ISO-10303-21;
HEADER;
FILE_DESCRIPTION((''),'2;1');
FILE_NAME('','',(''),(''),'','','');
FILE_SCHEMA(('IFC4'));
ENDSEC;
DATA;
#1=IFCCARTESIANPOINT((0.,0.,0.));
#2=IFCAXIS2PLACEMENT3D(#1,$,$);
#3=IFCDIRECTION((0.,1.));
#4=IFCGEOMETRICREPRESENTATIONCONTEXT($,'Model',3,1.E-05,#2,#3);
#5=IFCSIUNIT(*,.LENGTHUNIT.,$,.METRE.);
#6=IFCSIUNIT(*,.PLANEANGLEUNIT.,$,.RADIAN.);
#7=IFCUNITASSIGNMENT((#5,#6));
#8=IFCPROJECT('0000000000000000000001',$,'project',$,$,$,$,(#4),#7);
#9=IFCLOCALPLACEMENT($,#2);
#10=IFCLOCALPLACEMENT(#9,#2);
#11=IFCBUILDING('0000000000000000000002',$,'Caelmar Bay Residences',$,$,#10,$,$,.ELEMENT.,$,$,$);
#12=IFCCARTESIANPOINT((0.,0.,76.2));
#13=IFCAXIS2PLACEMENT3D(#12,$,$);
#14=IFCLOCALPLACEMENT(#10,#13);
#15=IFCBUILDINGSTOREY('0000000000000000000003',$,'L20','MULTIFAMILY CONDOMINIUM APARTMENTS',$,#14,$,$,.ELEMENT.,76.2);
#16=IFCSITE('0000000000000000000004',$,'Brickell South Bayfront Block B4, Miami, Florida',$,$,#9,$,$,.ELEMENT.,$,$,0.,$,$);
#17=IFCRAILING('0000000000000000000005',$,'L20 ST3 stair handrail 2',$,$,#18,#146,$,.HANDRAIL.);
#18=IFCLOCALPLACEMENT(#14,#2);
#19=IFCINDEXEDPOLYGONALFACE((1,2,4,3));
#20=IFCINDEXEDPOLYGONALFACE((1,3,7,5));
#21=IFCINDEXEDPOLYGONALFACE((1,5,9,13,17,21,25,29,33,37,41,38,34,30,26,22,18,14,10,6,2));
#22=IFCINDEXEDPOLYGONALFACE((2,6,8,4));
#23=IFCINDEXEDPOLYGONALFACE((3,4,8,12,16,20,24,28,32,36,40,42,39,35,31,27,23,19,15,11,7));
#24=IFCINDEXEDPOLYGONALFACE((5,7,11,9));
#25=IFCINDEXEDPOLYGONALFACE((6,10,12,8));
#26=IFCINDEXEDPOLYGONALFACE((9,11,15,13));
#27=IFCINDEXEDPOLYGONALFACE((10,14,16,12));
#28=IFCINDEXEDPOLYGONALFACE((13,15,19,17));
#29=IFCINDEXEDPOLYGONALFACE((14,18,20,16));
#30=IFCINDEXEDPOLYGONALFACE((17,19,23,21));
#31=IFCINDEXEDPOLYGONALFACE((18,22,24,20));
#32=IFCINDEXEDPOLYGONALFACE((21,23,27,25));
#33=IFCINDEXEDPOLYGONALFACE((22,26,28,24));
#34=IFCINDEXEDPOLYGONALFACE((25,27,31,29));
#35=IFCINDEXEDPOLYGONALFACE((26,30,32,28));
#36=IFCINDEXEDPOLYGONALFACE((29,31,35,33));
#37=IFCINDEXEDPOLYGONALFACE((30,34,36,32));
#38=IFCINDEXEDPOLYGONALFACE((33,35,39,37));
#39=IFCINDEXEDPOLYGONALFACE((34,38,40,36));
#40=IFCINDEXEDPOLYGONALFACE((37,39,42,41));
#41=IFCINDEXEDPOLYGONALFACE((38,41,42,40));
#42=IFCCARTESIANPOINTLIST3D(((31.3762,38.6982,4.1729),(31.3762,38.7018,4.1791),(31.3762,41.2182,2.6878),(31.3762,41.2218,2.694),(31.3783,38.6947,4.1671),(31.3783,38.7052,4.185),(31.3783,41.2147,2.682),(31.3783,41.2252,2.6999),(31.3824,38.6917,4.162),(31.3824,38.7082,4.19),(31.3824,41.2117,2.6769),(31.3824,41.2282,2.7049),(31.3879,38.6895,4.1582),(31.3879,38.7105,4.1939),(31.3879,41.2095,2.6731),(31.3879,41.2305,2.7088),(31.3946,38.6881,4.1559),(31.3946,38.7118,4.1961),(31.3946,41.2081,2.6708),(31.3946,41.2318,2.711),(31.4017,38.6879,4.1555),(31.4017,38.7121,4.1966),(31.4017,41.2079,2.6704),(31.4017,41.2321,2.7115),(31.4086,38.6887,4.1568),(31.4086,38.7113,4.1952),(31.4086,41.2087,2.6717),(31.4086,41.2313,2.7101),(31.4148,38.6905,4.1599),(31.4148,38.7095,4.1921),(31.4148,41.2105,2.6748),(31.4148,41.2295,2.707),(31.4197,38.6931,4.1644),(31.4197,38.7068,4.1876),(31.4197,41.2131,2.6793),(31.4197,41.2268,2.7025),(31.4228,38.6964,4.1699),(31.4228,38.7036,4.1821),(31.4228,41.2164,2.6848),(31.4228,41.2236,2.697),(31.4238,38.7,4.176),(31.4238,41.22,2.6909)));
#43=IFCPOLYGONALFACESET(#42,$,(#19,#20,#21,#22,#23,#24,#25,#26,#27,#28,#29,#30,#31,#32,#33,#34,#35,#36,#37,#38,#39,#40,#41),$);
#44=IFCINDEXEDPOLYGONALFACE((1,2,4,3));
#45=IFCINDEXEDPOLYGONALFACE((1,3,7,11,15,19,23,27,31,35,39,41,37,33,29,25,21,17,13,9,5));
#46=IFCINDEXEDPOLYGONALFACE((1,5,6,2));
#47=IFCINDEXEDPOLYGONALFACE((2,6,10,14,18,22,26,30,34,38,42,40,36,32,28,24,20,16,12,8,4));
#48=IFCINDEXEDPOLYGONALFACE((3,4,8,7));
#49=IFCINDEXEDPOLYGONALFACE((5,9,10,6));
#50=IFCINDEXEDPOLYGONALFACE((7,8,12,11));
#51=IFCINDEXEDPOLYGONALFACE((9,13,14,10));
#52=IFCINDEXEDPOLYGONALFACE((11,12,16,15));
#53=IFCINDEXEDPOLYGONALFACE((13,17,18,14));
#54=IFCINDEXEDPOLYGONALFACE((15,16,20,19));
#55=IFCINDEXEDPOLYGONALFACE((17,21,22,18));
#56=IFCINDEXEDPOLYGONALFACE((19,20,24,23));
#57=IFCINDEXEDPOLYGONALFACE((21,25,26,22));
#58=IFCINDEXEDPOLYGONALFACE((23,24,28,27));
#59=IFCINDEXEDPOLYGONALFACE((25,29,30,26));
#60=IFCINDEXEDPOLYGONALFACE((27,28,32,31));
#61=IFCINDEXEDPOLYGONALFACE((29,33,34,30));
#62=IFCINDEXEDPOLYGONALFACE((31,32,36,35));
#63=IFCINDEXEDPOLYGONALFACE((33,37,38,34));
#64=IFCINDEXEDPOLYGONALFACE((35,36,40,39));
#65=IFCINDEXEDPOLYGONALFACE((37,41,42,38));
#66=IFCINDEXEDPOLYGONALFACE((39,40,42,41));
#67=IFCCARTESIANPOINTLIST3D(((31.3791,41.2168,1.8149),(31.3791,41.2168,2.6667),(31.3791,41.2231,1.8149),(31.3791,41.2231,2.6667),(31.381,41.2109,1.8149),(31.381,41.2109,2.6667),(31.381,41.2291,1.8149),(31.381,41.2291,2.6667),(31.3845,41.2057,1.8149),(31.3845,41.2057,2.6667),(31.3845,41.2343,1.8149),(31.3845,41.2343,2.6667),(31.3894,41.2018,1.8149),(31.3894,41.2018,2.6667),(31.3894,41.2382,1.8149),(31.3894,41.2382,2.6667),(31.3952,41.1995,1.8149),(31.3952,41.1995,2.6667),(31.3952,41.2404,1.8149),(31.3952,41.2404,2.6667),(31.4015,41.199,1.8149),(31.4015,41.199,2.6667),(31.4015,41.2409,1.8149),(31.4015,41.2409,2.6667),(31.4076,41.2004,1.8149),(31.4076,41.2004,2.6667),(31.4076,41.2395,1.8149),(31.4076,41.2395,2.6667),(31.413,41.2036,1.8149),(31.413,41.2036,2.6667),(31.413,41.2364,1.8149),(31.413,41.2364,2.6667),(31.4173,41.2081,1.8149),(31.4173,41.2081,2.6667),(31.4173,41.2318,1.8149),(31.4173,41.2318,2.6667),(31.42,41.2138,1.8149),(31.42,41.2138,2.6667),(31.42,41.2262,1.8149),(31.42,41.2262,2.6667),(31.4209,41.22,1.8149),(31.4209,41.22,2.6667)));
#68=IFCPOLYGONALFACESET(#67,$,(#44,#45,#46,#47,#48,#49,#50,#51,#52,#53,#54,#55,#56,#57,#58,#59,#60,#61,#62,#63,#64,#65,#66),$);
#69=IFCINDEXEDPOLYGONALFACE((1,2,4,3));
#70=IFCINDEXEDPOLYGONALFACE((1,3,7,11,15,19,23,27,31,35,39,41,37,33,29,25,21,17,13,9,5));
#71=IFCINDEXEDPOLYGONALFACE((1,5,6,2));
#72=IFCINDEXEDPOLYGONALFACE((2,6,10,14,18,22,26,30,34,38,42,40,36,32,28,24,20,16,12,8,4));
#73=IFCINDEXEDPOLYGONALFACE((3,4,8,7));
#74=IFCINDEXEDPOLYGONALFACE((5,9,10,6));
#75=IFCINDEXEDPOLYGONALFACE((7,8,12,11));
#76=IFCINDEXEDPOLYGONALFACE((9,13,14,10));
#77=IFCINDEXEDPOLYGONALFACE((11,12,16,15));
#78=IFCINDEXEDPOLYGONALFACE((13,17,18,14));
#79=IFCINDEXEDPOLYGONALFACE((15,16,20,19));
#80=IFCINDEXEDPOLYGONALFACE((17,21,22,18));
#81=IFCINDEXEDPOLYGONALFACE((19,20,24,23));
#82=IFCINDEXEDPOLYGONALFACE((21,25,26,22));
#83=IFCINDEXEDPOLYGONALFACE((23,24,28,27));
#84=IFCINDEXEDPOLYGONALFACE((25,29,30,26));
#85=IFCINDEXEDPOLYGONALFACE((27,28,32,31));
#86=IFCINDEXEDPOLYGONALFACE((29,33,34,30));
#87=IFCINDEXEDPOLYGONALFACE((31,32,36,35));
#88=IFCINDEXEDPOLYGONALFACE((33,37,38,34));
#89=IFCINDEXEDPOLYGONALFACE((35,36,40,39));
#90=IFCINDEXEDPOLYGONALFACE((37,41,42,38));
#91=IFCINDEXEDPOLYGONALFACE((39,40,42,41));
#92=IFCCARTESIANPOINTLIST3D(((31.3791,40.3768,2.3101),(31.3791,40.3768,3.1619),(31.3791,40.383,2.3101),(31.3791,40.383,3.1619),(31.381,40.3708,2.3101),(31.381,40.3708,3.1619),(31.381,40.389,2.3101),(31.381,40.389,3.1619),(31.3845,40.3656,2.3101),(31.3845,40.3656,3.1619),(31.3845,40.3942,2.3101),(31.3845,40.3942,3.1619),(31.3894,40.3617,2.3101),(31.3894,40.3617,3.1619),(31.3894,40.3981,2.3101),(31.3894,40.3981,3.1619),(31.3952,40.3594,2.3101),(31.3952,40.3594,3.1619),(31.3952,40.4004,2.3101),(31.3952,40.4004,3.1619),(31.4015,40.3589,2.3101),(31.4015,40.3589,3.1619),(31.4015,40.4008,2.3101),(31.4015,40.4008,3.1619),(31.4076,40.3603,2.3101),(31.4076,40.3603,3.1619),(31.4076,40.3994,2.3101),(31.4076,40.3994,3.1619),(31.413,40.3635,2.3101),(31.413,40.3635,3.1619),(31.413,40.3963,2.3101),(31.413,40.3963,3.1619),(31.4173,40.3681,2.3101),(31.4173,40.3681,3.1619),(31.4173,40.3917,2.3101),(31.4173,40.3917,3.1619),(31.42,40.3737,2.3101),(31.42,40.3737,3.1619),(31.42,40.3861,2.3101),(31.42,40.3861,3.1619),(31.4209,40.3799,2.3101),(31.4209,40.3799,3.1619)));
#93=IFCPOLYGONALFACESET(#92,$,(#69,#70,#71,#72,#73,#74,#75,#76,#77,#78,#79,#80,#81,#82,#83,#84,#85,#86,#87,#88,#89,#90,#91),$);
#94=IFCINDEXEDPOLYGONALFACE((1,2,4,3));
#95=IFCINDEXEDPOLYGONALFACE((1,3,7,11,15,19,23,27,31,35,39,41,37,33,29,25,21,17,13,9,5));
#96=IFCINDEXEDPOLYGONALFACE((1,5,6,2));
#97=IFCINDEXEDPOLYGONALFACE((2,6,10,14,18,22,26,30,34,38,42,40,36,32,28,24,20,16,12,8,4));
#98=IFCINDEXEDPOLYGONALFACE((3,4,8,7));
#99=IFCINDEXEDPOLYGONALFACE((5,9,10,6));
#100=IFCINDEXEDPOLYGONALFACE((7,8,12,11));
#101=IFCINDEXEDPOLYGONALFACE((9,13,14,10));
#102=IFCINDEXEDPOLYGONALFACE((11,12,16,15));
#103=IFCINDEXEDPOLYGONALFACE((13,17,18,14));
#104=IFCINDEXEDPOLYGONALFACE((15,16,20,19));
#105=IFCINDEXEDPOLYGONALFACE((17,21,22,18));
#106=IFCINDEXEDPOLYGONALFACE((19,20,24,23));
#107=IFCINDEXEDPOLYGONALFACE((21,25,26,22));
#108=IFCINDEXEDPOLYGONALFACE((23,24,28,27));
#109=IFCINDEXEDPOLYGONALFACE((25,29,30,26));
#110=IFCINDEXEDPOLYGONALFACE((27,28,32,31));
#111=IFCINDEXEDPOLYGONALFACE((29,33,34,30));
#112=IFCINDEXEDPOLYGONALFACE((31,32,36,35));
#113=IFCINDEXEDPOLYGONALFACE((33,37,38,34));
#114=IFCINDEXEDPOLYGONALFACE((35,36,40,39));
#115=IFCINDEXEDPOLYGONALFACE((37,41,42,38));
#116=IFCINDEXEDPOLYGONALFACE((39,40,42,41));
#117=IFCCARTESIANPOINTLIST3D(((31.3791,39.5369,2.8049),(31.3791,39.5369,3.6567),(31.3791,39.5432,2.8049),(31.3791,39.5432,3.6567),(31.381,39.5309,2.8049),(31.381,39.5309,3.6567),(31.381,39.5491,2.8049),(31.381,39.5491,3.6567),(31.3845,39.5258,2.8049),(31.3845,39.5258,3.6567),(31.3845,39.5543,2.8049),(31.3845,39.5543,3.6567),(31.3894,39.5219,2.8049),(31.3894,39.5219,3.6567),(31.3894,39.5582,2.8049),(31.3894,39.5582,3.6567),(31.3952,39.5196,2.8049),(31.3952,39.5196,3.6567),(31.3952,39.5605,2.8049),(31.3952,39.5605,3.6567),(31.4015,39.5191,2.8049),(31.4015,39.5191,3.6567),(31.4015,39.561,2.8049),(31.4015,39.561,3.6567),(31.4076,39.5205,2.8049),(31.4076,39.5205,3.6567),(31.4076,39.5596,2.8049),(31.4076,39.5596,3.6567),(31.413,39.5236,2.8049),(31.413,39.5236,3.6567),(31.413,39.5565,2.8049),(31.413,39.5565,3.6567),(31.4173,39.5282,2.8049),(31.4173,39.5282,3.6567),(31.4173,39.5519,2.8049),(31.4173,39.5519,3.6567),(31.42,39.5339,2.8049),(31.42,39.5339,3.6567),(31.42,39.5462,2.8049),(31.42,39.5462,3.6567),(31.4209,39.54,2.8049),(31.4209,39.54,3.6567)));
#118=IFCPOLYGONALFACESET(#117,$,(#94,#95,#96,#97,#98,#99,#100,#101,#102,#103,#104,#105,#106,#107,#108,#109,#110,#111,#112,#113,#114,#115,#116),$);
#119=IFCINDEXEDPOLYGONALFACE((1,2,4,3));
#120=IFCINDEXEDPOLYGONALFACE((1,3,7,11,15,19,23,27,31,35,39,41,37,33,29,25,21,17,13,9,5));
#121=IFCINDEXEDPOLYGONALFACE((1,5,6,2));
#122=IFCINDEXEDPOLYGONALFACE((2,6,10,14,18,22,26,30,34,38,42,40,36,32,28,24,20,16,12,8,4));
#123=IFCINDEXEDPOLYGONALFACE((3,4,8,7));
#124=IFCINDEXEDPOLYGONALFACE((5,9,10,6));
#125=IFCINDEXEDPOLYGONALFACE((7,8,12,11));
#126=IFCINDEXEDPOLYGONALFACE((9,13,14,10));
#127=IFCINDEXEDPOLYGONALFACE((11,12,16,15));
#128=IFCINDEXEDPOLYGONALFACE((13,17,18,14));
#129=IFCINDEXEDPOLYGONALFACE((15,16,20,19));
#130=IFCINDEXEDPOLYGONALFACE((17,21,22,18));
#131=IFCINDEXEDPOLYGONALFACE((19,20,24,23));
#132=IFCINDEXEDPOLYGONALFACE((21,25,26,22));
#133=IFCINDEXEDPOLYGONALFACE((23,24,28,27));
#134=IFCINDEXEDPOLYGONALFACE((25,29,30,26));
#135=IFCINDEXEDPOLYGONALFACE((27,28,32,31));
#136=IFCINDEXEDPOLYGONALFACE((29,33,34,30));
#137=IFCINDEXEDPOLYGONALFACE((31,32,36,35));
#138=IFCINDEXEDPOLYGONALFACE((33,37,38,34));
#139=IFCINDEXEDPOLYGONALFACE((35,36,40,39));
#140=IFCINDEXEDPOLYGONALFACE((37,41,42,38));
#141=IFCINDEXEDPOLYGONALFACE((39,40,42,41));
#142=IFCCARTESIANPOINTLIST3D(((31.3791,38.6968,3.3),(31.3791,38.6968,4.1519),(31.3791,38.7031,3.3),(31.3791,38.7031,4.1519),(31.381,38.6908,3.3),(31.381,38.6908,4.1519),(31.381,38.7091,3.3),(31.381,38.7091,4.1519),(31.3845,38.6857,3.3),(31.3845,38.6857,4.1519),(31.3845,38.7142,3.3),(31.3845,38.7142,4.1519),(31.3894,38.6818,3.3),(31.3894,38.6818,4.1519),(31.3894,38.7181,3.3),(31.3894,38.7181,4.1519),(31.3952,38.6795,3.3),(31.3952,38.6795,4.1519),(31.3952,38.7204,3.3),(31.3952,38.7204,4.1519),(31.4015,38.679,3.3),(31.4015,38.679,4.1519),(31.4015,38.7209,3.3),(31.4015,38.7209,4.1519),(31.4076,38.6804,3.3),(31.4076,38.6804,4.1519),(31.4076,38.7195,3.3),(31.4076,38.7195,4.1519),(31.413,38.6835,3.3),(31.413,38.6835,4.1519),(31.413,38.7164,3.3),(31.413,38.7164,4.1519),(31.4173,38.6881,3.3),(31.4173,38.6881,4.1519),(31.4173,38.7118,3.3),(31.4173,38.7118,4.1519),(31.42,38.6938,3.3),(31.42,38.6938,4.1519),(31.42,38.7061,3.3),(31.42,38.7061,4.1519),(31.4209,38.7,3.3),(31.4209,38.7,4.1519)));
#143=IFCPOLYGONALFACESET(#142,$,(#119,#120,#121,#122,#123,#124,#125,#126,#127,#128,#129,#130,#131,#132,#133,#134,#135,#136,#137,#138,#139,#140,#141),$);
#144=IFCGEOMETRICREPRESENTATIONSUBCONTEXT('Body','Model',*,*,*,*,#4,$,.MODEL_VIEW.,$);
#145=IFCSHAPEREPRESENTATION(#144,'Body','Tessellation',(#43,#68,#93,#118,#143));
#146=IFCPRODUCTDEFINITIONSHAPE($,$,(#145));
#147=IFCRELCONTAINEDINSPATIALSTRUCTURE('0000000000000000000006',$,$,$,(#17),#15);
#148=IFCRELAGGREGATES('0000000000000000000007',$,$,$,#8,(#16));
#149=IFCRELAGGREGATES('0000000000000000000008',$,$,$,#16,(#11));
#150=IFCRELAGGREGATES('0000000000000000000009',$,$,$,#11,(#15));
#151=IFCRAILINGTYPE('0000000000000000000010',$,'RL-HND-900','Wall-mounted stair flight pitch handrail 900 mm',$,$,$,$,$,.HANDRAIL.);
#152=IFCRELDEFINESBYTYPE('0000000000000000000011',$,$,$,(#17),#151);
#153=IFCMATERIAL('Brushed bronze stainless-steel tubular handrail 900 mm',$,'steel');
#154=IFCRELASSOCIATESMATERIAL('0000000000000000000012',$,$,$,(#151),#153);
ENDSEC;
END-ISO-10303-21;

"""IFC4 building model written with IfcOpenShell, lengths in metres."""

from ifc_helpers import new_model, si_unit, direction, frame, origin, origin_2d, place, context, subcontext, project, spatial, circle, extrude, material, type_object, element, save


model = new_model("IFC4")

# Units and contexts
model_context = context("Model", 3, precision=1e-05, world=origin(), true_north=direction((0.0, 1.0)))
body_context = subcontext(model_context, "Body", "Model", "MODEL_VIEW")
ifc_project = project(units=[si_unit("LENGTHUNIT", "METRE"), si_unit("PLANEANGLEUNIT", "RADIAN")], contexts=[model_context])

# Site, building, storey
site_placement = place(None, origin())
site = spatial("IfcSite", under=ifc_project, at=site_placement, Name="Brickell South Bayfront Block B4, Miami, Florida", CompositionType="ELEMENT", RefElevation=0.0)
building_placement = place(site_placement, origin())
building = spatial("IfcBuilding", under=site, at=building_placement, Name="Caelmar Bay Residences", CompositionType="ELEMENT")
storey_placement = place(building_placement, frame((0.0, 0.0, 76.2)))
storey = spatial("IfcBuildingStorey", under=building, at=storey_placement, Name="L20", Description="MULTIFAMILY CONDOMINIUM APARTMENTS", CompositionType="ELEMENT", Elevation=76.2)

# Railing
ifc_material_1 = material(Name="Brushed bronze stainless-steel tubular handrail 900 mm", Category="steel")
railing_type_1 = type_object("IfcRailingType", Name="RL-HND-900", Description="Wall-mounted stair flight pitch handrail 900 mm", PredefinedType="HANDRAIL", material=ifc_material_1)
railing_1_placement = place(storey_placement, frame((31.3999, 41.22, 1.8149)))
element("IfcRailing", 1, at=railing_1_placement, inside=storey, type_object=railing_type_1, Name="L20 ST3 stair handrail 2", PredefinedType="HANDRAIL", context=body_context, shape_type="SweptSolid", body=[
    extrude(circle(Radius=0.0239, at=origin_2d()), frame((0.0, 0.0, 0.876), z_axis=(0.0, -0.861524, 0.507717), x_axis=(1.0, 0.0, 0.0)), (0.0, 0.0, 1.0), 2.925),
    extrude(circle(Radius=0.021, at=origin_2d()), origin(), (0.0, 0.0, 1.0), 0.8518),
    extrude(circle(Radius=0.021, at=origin_2d()), frame((0.0, -0.8401, 0.4951)), (0.0, 0.0, 1.0), 0.8518),
    extrude(circle(Radius=0.021, at=origin_2d()), frame((0.0, -1.6799, 0.99)), (0.0, 0.0, 1.0), 0.8518),
    extrude(circle(Radius=0.021, at=origin_2d()), frame((0.0, -2.52, 1.4851)), (0.0, 0.0, 1.0), 0.8518),
])

save(model, "model.ifc")
